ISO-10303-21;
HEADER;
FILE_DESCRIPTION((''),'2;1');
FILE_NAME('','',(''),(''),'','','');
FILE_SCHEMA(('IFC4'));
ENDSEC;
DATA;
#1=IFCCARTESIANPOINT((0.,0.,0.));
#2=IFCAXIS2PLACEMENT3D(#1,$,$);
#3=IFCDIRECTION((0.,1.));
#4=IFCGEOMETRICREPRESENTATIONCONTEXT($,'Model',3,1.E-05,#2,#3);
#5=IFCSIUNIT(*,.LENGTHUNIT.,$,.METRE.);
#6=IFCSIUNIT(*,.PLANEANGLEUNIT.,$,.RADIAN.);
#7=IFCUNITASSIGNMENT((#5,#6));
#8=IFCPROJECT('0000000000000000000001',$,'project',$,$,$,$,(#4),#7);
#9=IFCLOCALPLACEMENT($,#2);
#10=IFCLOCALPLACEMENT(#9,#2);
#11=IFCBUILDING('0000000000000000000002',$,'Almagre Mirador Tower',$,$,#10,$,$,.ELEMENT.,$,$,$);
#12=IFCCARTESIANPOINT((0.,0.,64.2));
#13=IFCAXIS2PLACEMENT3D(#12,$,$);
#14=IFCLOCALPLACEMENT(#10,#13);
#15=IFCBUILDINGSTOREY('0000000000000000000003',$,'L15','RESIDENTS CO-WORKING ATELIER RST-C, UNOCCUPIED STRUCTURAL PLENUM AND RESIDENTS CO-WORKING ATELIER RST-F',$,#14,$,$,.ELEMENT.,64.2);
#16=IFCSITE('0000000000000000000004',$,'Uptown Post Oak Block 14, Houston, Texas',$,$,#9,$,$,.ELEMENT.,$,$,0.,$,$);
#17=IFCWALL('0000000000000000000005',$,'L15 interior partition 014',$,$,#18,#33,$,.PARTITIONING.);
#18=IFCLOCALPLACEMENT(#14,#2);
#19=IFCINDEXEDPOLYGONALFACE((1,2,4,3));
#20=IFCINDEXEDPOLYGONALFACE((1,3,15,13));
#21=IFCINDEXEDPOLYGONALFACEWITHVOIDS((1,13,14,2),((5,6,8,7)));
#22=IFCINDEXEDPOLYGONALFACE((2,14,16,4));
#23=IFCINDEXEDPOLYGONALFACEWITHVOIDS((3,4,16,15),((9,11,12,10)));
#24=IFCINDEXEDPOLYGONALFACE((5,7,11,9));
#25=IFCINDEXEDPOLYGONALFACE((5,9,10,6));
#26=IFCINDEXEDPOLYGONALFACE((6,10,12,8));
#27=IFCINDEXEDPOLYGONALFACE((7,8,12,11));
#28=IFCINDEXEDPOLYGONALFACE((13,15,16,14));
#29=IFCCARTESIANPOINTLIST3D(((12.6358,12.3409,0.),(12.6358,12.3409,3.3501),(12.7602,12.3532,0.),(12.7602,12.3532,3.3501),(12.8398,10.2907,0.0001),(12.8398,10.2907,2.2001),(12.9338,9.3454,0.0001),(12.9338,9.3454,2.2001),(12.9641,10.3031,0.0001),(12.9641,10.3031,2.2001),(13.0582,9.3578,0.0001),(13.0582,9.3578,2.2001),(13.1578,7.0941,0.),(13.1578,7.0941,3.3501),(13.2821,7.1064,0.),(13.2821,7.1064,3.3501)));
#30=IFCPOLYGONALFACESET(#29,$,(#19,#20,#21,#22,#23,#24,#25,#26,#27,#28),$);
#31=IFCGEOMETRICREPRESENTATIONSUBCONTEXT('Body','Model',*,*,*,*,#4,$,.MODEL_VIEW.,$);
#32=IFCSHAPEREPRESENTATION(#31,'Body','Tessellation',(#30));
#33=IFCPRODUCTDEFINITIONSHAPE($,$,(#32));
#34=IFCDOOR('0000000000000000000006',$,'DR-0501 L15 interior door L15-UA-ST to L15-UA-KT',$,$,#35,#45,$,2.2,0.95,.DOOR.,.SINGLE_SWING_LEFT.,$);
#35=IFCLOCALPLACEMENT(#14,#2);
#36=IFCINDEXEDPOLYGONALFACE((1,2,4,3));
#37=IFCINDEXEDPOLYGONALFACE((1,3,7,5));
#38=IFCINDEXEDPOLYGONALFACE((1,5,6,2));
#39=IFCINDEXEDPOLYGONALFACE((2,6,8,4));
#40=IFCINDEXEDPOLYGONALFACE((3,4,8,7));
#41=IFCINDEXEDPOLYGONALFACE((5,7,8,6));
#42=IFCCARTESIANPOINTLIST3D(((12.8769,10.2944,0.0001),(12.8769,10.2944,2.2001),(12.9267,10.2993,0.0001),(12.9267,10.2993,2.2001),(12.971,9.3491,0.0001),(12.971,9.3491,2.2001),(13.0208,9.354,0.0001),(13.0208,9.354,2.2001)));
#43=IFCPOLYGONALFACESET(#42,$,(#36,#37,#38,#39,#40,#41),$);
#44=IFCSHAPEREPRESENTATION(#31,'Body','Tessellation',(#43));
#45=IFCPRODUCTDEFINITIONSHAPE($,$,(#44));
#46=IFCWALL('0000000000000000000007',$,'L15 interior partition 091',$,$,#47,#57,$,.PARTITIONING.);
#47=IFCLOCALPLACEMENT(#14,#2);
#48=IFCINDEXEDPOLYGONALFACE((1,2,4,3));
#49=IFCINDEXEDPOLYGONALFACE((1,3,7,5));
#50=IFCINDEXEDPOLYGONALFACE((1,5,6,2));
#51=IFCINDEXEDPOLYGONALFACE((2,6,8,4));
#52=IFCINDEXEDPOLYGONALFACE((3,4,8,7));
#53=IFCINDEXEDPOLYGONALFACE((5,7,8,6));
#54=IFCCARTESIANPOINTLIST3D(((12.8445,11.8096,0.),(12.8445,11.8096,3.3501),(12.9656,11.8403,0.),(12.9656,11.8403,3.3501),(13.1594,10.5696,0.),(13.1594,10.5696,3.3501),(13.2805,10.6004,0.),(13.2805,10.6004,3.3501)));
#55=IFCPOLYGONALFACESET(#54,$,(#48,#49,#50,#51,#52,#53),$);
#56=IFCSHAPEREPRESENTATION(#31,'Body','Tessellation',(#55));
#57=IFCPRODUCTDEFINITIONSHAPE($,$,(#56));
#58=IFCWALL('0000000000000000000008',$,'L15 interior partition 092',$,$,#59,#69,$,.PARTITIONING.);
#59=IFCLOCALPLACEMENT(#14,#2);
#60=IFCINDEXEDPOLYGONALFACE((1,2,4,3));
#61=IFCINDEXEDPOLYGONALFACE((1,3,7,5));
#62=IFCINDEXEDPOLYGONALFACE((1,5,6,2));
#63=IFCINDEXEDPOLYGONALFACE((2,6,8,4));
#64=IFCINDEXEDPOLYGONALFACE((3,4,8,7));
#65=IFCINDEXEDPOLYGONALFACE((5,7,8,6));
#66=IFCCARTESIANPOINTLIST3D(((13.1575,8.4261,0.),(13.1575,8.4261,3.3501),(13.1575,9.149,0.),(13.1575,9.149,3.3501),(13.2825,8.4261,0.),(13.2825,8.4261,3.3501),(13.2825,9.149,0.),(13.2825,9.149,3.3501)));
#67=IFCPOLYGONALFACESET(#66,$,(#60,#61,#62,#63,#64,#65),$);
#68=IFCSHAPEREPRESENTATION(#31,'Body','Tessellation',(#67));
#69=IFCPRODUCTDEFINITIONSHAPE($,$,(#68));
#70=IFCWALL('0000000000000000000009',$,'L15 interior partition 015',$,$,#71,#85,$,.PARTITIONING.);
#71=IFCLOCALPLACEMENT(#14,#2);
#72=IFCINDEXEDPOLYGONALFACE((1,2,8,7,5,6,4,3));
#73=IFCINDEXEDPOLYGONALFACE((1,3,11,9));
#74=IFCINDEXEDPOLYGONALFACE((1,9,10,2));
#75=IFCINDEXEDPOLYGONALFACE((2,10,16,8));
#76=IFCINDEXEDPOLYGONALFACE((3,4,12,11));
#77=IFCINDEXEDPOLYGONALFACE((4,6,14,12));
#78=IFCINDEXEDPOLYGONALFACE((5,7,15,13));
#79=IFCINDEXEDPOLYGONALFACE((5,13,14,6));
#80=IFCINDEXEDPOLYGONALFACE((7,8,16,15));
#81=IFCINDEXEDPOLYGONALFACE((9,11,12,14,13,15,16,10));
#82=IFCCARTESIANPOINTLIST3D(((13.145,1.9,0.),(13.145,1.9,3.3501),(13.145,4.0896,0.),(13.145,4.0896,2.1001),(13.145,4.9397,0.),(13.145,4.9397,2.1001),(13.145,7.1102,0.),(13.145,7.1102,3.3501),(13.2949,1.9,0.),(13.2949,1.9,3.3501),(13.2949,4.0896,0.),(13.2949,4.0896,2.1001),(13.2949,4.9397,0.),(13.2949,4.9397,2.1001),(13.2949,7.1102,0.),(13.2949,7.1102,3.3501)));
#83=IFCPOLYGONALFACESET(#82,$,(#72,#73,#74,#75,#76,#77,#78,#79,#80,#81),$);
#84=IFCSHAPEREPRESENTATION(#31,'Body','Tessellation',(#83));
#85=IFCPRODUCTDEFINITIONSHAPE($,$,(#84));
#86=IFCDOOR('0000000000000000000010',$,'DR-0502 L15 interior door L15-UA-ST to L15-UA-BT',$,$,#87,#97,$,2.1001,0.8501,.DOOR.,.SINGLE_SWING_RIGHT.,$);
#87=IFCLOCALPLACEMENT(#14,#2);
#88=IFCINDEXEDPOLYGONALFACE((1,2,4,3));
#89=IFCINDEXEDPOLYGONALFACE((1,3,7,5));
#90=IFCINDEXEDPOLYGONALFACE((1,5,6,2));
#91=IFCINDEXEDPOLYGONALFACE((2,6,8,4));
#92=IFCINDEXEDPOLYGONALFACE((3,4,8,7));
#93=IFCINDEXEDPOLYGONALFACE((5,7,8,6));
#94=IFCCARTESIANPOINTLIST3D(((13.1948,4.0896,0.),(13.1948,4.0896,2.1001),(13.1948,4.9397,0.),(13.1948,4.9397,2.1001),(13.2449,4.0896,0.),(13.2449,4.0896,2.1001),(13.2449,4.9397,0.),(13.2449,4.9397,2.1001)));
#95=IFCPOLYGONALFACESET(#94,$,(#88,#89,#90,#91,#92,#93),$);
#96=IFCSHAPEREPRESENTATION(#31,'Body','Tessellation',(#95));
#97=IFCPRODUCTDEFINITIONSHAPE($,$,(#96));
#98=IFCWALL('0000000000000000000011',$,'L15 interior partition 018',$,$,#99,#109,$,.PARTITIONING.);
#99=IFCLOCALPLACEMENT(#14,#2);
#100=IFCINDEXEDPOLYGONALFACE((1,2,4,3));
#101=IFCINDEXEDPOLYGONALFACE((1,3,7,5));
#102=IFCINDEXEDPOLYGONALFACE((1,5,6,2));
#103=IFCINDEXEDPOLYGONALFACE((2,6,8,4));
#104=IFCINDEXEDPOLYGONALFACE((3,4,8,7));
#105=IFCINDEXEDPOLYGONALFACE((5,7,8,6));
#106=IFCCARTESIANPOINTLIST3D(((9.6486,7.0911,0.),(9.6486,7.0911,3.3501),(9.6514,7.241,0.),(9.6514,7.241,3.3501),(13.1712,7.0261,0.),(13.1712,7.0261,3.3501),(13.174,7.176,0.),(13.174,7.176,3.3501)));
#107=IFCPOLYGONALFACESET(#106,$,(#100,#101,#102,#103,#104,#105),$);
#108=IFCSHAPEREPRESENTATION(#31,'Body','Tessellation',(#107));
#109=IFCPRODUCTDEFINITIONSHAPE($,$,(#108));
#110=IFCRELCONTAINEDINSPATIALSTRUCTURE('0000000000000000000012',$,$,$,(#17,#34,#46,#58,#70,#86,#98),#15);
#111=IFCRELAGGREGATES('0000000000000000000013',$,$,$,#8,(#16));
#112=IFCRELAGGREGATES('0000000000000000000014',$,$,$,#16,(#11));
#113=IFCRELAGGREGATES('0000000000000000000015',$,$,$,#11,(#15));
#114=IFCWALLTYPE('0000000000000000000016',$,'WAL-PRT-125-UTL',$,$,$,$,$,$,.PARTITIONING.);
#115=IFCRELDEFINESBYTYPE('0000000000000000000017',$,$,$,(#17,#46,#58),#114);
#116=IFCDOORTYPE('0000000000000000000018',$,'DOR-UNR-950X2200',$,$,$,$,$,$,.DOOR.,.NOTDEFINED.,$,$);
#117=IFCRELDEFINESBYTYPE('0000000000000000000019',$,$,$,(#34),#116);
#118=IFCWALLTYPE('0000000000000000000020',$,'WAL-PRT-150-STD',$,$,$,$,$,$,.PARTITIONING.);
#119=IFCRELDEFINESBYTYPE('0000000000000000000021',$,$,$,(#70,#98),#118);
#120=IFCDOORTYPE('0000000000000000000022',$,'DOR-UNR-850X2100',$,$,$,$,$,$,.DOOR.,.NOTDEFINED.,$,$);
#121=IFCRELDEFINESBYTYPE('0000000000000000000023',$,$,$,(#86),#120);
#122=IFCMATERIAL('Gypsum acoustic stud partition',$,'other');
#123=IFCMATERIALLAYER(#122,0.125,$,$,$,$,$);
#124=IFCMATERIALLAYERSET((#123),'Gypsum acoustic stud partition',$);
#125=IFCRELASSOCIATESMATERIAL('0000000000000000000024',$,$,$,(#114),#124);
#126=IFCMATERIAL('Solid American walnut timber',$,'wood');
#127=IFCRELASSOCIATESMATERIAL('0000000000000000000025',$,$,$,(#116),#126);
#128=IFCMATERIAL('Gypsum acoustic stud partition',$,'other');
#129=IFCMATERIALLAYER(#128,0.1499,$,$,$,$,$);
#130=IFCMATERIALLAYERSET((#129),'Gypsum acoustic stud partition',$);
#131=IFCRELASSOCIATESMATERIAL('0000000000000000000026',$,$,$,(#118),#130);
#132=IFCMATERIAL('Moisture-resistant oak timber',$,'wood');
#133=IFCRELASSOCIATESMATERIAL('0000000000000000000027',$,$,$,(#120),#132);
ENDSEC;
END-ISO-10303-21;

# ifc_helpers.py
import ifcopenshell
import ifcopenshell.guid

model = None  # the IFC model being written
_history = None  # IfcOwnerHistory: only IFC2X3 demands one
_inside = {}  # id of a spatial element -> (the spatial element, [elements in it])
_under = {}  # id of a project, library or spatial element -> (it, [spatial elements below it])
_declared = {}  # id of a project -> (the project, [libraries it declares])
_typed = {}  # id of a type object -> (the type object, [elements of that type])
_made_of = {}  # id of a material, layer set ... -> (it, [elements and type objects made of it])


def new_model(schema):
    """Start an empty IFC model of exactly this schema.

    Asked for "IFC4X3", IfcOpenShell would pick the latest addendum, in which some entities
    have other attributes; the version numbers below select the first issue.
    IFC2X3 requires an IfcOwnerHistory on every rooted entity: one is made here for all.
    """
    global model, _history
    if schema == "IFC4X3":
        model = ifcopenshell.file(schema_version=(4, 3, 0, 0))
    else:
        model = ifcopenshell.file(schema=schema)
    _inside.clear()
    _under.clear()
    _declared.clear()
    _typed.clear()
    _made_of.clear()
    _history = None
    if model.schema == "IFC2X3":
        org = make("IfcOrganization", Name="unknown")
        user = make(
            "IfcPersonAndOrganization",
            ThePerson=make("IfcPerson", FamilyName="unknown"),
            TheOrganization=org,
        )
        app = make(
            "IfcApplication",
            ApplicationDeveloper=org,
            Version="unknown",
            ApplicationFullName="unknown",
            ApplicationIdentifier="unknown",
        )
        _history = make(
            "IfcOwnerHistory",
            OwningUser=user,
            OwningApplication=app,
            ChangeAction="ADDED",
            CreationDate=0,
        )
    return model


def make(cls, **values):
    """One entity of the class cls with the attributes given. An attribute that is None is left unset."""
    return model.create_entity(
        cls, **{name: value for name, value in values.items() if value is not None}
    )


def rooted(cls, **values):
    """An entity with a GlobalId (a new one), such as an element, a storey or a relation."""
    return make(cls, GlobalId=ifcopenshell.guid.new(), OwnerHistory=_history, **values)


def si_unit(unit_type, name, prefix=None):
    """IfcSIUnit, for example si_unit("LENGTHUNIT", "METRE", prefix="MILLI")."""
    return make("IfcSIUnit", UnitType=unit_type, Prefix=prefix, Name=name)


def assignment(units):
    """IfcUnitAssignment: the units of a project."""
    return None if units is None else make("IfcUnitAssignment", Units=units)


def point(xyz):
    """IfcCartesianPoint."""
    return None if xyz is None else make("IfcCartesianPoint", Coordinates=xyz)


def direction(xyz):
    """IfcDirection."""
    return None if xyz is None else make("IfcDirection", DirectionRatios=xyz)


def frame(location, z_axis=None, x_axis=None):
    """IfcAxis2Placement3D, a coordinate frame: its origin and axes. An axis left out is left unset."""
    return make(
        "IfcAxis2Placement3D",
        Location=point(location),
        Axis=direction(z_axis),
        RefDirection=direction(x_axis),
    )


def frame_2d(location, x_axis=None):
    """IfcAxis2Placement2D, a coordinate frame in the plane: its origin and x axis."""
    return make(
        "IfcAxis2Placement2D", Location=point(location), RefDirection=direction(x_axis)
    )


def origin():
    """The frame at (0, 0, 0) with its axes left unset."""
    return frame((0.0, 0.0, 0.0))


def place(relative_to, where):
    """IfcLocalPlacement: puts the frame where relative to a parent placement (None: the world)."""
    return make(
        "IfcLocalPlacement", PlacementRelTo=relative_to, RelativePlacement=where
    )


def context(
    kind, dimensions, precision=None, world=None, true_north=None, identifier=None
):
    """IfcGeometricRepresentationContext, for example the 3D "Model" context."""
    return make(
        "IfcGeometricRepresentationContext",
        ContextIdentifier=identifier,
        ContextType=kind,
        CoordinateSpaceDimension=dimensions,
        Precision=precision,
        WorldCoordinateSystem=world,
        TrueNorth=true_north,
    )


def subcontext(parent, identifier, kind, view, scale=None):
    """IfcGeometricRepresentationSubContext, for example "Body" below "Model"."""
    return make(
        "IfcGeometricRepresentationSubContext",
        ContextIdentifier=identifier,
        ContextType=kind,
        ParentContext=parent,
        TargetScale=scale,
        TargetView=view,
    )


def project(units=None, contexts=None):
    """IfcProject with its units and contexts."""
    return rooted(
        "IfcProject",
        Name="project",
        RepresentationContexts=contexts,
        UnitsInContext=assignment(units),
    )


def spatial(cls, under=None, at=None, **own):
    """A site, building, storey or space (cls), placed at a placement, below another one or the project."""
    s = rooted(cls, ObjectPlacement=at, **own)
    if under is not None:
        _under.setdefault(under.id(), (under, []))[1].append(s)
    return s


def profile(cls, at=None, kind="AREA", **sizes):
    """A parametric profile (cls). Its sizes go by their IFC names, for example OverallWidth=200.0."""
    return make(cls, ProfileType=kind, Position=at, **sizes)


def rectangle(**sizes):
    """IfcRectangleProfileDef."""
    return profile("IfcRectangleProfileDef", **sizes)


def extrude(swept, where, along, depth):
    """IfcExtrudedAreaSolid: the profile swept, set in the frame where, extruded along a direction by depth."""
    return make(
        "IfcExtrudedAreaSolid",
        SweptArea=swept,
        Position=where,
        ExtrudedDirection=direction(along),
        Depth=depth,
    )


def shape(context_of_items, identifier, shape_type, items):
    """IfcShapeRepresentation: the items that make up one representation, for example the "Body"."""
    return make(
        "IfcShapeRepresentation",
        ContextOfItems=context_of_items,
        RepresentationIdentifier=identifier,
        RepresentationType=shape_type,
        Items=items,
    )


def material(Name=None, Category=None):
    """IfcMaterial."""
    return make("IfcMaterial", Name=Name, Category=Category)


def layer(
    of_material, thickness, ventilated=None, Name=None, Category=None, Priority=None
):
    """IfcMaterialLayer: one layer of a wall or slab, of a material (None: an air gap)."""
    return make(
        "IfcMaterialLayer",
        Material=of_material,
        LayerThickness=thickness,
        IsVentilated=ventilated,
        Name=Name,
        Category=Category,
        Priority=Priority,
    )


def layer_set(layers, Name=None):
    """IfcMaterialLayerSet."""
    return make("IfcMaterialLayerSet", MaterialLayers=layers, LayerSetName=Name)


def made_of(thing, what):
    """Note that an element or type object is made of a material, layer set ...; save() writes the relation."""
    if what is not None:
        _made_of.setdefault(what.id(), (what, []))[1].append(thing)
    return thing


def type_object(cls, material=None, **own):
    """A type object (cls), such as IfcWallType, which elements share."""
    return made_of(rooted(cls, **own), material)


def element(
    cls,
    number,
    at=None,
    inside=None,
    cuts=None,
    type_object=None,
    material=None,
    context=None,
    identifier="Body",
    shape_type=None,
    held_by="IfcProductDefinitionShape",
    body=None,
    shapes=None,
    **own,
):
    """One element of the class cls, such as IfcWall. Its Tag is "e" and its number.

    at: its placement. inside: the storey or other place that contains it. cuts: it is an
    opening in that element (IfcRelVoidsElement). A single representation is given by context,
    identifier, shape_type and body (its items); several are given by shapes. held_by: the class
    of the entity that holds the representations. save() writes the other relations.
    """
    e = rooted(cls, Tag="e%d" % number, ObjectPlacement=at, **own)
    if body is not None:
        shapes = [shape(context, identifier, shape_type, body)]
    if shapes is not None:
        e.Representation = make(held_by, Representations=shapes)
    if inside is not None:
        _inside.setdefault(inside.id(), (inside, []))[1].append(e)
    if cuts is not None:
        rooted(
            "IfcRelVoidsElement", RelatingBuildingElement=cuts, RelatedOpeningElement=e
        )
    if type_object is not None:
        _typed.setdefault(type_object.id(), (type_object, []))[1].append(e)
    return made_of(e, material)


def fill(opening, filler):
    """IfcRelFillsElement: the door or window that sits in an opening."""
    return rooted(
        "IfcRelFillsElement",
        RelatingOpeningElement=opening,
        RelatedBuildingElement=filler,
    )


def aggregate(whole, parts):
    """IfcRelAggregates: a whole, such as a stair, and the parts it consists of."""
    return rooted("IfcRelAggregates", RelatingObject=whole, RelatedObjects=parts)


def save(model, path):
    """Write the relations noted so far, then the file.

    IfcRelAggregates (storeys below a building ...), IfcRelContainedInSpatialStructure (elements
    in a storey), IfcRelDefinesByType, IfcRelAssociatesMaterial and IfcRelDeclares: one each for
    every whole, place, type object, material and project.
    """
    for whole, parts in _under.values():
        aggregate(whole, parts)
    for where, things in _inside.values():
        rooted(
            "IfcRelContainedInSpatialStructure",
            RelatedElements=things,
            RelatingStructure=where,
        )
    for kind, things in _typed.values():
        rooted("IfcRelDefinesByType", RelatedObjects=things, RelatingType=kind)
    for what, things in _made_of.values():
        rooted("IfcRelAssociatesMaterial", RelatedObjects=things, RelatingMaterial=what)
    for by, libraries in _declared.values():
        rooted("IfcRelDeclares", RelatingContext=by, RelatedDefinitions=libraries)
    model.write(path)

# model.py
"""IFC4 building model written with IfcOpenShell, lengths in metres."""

from ifc_helpers import new_model, si_unit, direction, frame, frame_2d, origin, place, context, subcontext, project, spatial, rectangle, extrude, material, layer, layer_set, type_object, element, fill, save


model = new_model("IFC4")

# Units and contexts
model_context = context("Model", 3, precision=1e-05, world=origin(), true_north=direction((0.0, 1.0)))
body_context = subcontext(model_context, "Body", "Model", "MODEL_VIEW")
ifc_project = project(units=[si_unit("LENGTHUNIT", "METRE"), si_unit("PLANEANGLEUNIT", "RADIAN")], contexts=[model_context])

# Site, building, storey
site_placement = place(None, origin())
site = spatial("IfcSite", under=ifc_project, at=site_placement, Name="Uptown Post Oak Block 14, Houston, Texas", CompositionType="ELEMENT", RefElevation=0.0)
building_placement = place(site_placement, origin())
building = spatial("IfcBuilding", under=site, at=building_placement, Name="Almagre Mirador Tower", CompositionType="ELEMENT")
storey_placement = place(building_placement, frame((0.0, 0.0, 64.2)))
storey = spatial("IfcBuildingStorey", under=building, at=storey_placement, Name="L15", Description="RESIDENTS CO-WORKING ATELIER RST-C, UNOCCUPIED STRUCTURAL PLENUM AND RESIDENTS CO-WORKING ATELIER RST-F", CompositionType="ELEMENT", Elevation=64.2)

# Wall, opening, door
ifc_material_1 = material(Name="Gypsum acoustic stud partition", Category="other")
ifc_layer_1 = layer(ifc_material_1, 0.125)
ifc_layer_set_1 = layer_set([ifc_layer_1], Name="Gypsum acoustic stud partition")
wall_type_1 = type_object("IfcWallType", Name="WAL-PRT-125-UTL", PredefinedType="PARTITIONING", material=ifc_layer_set_1)
wall_1_placement = place(storey_placement, frame((12.698, 12.3469, 0.0), z_axis=(0.0, 0.0, 1.0), x_axis=(0.098995, -0.995088, 0.0)))
wall_1 = element("IfcWall", 1, at=wall_1_placement, inside=storey, type_object=wall_type_1, Name="L15 interior partition 014", PredefinedType="PARTITIONING", context=body_context, shape_type="SweptSolid", body=[
    extrude(rectangle(XDim=5.2727, YDim=0.125, at=frame_2d((2.6362, 0.0))), origin(), (0.0, 0.0, 1.0), 3.3501),
])
opening_1_placement = place(wall_1_placement, frame((2.0601, 0.0, 0.0)))
opening_1 = element("IfcOpeningElement", 2, at=opening_1_placement, cuts=wall_1, PredefinedType="OPENING", context=body_context, shape_type="SweptSolid", body=[
    extrude(rectangle(XDim=0.95, YDim=2.2, at=frame_2d((0.4751, 1.1001))), frame((0.0, 0.0725, 0.0), z_axis=(0.0, -1.0, 0.0), x_axis=(1.0, 0.0, 0.0)), (0.0, 0.0, 1.0), 0.145),
])
ifc_material_2 = material(Name="Solid American walnut timber", Category="wood")
door_type_1 = type_object("IfcDoorType", Name="DOR-UNR-950X2200", OperationType="NOTDEFINED", PredefinedType="DOOR", material=ifc_material_2)
door_1_placement = place(opening_1_placement, origin())
door_1 = element("IfcDoor", 3, at=door_1_placement, inside=storey, type_object=door_type_1, Name="DR-0501 L15 interior door L15-UA-ST to L15-UA-KT", OperationType="SINGLE_SWING_LEFT", OverallHeight=2.2, OverallWidth=0.95, PredefinedType="DOOR", context=body_context, shape_type="SweptSolid", body=[
    extrude(rectangle(XDim=0.95, YDim=2.2, at=frame_2d((0.4751, 1.1001))), frame((0.0, 0.0249, 0.0), z_axis=(0.0, -1.0, 0.0), x_axis=(1.0, 0.0, 0.0)), (0.0, 0.0, 1.0), 0.05),
])
fill(opening_1, door_1)

# Walls
wall_2_placement = place(storey_placement, frame((12.905, 11.825, 0.0), z_axis=(0.0, 0.0, 1.0), x_axis=(0.246171, -0.969226, 0.0)))
element("IfcWall", 4, at=wall_2_placement, inside=storey, type_object=wall_type_1, Name="L15 interior partition 091", PredefinedType="PARTITIONING", context=body_context, shape_type="SweptSolid", body=[
    extrude(rectangle(XDim=1.2793, YDim=0.125, at=frame_2d((0.6396, 0.0))), origin(), (0.0, 0.0, 1.0), 3.3501),
])
wall_3_placement = place(storey_placement, frame((13.22, 9.1489, 0.0), z_axis=(0.0, 0.0, 1.0), x_axis=(0.0, -1.0, 0.0)))
element("IfcWall", 5, at=wall_3_placement, inside=storey, type_object=wall_type_1, Name="L15 interior partition 092", PredefinedType="PARTITIONING", context=body_context, shape_type="SweptSolid", body=[
    extrude(rectangle(XDim=0.7229, YDim=0.125, at=frame_2d((0.3613, 0.0))), origin(), (0.0, 0.0, 1.0), 3.3501),
])

# Wall, opening, door
ifc_material_3 = material(Name="Gypsum acoustic stud partition", Category="other")
ifc_layer_2 = layer(ifc_material_3, 0.1499)
ifc_layer_set_2 = layer_set([ifc_layer_2], Name="Gypsum acoustic stud partition")
wall_type_2 = type_object("IfcWallType", Name="WAL-PRT-150-STD", PredefinedType="PARTITIONING", material=ifc_layer_set_2)
wall_4_placement = place(storey_placement, frame((13.22, 7.1101, 0.0), z_axis=(0.0, 0.0, 1.0), x_axis=(0.0, -1.0, 0.0)))
wall_4 = element("IfcWall", 6, at=wall_4_placement, inside=storey, type_object=wall_type_2, Name="L15 interior partition 015", PredefinedType="PARTITIONING", context=body_context, shape_type="SweptSolid", body=[
    extrude(rectangle(XDim=5.2102, YDim=0.1499, at=frame_2d((2.605, 0.0))), origin(), (0.0, 0.0, 1.0), 3.3501),
])
opening_2_placement = place(wall_4_placement, frame((2.1704, 0.0, 0.0)))
opening_2 = element("IfcOpeningElement", 7, at=opening_2_placement, cuts=wall_4, PredefinedType="OPENING", context=body_context, shape_type="SweptSolid", body=[
    extrude(rectangle(XDim=0.8501, YDim=2.1001, at=frame_2d((0.425, 1.05))), frame((0.0, 0.085, 0.0), z_axis=(0.0, -1.0, 0.0), x_axis=(1.0, 0.0, 0.0)), (0.0, 0.0, 1.0), 0.1699),
])
ifc_material_4 = material(Name="Moisture-resistant oak timber", Category="wood")
door_type_2 = type_object("IfcDoorType", Name="DOR-UNR-850X2100", OperationType="NOTDEFINED", PredefinedType="DOOR", material=ifc_material_4)
door_2_placement = place(opening_2_placement, origin())
door_2 = element("IfcDoor", 8, at=door_2_placement, inside=storey, type_object=door_type_2, Name="DR-0502 L15 interior door L15-UA-ST to L15-UA-BT", OperationType="SINGLE_SWING_RIGHT", OverallHeight=2.1001, OverallWidth=0.8501, PredefinedType="DOOR", context=body_context, shape_type="SweptSolid", body=[
    extrude(rectangle(XDim=0.8501, YDim=2.1001, at=frame_2d((0.425, 1.05))), frame((0.0, 0.0249, 0.0), z_axis=(0.0, -1.0, 0.0), x_axis=(1.0, 0.0, 0.0)), (0.0, 0.0, 1.0), 0.05),
])
fill(opening_2, door_2)

# Wall
wall_5_placement = place(storey_placement, frame((9.6499, 7.166, 0.0), z_axis=(0.0, 0.0, 1.0), x_axis=(0.99983, -0.018432, 0.0)))
element("IfcWall", 9, at=wall_5_placement, inside=storey, type_object=wall_type_2, Name="L15 interior partition 018", PredefinedType="PARTITIONING", context=body_context, shape_type="SweptSolid", body=[
    extrude(rectangle(XDim=3.5232, YDim=0.1499, at=frame_2d((1.7617, 0.0))), origin(), (0.0, 0.0, 1.0), 3.3501),
])

save(model, "model.ifc")
